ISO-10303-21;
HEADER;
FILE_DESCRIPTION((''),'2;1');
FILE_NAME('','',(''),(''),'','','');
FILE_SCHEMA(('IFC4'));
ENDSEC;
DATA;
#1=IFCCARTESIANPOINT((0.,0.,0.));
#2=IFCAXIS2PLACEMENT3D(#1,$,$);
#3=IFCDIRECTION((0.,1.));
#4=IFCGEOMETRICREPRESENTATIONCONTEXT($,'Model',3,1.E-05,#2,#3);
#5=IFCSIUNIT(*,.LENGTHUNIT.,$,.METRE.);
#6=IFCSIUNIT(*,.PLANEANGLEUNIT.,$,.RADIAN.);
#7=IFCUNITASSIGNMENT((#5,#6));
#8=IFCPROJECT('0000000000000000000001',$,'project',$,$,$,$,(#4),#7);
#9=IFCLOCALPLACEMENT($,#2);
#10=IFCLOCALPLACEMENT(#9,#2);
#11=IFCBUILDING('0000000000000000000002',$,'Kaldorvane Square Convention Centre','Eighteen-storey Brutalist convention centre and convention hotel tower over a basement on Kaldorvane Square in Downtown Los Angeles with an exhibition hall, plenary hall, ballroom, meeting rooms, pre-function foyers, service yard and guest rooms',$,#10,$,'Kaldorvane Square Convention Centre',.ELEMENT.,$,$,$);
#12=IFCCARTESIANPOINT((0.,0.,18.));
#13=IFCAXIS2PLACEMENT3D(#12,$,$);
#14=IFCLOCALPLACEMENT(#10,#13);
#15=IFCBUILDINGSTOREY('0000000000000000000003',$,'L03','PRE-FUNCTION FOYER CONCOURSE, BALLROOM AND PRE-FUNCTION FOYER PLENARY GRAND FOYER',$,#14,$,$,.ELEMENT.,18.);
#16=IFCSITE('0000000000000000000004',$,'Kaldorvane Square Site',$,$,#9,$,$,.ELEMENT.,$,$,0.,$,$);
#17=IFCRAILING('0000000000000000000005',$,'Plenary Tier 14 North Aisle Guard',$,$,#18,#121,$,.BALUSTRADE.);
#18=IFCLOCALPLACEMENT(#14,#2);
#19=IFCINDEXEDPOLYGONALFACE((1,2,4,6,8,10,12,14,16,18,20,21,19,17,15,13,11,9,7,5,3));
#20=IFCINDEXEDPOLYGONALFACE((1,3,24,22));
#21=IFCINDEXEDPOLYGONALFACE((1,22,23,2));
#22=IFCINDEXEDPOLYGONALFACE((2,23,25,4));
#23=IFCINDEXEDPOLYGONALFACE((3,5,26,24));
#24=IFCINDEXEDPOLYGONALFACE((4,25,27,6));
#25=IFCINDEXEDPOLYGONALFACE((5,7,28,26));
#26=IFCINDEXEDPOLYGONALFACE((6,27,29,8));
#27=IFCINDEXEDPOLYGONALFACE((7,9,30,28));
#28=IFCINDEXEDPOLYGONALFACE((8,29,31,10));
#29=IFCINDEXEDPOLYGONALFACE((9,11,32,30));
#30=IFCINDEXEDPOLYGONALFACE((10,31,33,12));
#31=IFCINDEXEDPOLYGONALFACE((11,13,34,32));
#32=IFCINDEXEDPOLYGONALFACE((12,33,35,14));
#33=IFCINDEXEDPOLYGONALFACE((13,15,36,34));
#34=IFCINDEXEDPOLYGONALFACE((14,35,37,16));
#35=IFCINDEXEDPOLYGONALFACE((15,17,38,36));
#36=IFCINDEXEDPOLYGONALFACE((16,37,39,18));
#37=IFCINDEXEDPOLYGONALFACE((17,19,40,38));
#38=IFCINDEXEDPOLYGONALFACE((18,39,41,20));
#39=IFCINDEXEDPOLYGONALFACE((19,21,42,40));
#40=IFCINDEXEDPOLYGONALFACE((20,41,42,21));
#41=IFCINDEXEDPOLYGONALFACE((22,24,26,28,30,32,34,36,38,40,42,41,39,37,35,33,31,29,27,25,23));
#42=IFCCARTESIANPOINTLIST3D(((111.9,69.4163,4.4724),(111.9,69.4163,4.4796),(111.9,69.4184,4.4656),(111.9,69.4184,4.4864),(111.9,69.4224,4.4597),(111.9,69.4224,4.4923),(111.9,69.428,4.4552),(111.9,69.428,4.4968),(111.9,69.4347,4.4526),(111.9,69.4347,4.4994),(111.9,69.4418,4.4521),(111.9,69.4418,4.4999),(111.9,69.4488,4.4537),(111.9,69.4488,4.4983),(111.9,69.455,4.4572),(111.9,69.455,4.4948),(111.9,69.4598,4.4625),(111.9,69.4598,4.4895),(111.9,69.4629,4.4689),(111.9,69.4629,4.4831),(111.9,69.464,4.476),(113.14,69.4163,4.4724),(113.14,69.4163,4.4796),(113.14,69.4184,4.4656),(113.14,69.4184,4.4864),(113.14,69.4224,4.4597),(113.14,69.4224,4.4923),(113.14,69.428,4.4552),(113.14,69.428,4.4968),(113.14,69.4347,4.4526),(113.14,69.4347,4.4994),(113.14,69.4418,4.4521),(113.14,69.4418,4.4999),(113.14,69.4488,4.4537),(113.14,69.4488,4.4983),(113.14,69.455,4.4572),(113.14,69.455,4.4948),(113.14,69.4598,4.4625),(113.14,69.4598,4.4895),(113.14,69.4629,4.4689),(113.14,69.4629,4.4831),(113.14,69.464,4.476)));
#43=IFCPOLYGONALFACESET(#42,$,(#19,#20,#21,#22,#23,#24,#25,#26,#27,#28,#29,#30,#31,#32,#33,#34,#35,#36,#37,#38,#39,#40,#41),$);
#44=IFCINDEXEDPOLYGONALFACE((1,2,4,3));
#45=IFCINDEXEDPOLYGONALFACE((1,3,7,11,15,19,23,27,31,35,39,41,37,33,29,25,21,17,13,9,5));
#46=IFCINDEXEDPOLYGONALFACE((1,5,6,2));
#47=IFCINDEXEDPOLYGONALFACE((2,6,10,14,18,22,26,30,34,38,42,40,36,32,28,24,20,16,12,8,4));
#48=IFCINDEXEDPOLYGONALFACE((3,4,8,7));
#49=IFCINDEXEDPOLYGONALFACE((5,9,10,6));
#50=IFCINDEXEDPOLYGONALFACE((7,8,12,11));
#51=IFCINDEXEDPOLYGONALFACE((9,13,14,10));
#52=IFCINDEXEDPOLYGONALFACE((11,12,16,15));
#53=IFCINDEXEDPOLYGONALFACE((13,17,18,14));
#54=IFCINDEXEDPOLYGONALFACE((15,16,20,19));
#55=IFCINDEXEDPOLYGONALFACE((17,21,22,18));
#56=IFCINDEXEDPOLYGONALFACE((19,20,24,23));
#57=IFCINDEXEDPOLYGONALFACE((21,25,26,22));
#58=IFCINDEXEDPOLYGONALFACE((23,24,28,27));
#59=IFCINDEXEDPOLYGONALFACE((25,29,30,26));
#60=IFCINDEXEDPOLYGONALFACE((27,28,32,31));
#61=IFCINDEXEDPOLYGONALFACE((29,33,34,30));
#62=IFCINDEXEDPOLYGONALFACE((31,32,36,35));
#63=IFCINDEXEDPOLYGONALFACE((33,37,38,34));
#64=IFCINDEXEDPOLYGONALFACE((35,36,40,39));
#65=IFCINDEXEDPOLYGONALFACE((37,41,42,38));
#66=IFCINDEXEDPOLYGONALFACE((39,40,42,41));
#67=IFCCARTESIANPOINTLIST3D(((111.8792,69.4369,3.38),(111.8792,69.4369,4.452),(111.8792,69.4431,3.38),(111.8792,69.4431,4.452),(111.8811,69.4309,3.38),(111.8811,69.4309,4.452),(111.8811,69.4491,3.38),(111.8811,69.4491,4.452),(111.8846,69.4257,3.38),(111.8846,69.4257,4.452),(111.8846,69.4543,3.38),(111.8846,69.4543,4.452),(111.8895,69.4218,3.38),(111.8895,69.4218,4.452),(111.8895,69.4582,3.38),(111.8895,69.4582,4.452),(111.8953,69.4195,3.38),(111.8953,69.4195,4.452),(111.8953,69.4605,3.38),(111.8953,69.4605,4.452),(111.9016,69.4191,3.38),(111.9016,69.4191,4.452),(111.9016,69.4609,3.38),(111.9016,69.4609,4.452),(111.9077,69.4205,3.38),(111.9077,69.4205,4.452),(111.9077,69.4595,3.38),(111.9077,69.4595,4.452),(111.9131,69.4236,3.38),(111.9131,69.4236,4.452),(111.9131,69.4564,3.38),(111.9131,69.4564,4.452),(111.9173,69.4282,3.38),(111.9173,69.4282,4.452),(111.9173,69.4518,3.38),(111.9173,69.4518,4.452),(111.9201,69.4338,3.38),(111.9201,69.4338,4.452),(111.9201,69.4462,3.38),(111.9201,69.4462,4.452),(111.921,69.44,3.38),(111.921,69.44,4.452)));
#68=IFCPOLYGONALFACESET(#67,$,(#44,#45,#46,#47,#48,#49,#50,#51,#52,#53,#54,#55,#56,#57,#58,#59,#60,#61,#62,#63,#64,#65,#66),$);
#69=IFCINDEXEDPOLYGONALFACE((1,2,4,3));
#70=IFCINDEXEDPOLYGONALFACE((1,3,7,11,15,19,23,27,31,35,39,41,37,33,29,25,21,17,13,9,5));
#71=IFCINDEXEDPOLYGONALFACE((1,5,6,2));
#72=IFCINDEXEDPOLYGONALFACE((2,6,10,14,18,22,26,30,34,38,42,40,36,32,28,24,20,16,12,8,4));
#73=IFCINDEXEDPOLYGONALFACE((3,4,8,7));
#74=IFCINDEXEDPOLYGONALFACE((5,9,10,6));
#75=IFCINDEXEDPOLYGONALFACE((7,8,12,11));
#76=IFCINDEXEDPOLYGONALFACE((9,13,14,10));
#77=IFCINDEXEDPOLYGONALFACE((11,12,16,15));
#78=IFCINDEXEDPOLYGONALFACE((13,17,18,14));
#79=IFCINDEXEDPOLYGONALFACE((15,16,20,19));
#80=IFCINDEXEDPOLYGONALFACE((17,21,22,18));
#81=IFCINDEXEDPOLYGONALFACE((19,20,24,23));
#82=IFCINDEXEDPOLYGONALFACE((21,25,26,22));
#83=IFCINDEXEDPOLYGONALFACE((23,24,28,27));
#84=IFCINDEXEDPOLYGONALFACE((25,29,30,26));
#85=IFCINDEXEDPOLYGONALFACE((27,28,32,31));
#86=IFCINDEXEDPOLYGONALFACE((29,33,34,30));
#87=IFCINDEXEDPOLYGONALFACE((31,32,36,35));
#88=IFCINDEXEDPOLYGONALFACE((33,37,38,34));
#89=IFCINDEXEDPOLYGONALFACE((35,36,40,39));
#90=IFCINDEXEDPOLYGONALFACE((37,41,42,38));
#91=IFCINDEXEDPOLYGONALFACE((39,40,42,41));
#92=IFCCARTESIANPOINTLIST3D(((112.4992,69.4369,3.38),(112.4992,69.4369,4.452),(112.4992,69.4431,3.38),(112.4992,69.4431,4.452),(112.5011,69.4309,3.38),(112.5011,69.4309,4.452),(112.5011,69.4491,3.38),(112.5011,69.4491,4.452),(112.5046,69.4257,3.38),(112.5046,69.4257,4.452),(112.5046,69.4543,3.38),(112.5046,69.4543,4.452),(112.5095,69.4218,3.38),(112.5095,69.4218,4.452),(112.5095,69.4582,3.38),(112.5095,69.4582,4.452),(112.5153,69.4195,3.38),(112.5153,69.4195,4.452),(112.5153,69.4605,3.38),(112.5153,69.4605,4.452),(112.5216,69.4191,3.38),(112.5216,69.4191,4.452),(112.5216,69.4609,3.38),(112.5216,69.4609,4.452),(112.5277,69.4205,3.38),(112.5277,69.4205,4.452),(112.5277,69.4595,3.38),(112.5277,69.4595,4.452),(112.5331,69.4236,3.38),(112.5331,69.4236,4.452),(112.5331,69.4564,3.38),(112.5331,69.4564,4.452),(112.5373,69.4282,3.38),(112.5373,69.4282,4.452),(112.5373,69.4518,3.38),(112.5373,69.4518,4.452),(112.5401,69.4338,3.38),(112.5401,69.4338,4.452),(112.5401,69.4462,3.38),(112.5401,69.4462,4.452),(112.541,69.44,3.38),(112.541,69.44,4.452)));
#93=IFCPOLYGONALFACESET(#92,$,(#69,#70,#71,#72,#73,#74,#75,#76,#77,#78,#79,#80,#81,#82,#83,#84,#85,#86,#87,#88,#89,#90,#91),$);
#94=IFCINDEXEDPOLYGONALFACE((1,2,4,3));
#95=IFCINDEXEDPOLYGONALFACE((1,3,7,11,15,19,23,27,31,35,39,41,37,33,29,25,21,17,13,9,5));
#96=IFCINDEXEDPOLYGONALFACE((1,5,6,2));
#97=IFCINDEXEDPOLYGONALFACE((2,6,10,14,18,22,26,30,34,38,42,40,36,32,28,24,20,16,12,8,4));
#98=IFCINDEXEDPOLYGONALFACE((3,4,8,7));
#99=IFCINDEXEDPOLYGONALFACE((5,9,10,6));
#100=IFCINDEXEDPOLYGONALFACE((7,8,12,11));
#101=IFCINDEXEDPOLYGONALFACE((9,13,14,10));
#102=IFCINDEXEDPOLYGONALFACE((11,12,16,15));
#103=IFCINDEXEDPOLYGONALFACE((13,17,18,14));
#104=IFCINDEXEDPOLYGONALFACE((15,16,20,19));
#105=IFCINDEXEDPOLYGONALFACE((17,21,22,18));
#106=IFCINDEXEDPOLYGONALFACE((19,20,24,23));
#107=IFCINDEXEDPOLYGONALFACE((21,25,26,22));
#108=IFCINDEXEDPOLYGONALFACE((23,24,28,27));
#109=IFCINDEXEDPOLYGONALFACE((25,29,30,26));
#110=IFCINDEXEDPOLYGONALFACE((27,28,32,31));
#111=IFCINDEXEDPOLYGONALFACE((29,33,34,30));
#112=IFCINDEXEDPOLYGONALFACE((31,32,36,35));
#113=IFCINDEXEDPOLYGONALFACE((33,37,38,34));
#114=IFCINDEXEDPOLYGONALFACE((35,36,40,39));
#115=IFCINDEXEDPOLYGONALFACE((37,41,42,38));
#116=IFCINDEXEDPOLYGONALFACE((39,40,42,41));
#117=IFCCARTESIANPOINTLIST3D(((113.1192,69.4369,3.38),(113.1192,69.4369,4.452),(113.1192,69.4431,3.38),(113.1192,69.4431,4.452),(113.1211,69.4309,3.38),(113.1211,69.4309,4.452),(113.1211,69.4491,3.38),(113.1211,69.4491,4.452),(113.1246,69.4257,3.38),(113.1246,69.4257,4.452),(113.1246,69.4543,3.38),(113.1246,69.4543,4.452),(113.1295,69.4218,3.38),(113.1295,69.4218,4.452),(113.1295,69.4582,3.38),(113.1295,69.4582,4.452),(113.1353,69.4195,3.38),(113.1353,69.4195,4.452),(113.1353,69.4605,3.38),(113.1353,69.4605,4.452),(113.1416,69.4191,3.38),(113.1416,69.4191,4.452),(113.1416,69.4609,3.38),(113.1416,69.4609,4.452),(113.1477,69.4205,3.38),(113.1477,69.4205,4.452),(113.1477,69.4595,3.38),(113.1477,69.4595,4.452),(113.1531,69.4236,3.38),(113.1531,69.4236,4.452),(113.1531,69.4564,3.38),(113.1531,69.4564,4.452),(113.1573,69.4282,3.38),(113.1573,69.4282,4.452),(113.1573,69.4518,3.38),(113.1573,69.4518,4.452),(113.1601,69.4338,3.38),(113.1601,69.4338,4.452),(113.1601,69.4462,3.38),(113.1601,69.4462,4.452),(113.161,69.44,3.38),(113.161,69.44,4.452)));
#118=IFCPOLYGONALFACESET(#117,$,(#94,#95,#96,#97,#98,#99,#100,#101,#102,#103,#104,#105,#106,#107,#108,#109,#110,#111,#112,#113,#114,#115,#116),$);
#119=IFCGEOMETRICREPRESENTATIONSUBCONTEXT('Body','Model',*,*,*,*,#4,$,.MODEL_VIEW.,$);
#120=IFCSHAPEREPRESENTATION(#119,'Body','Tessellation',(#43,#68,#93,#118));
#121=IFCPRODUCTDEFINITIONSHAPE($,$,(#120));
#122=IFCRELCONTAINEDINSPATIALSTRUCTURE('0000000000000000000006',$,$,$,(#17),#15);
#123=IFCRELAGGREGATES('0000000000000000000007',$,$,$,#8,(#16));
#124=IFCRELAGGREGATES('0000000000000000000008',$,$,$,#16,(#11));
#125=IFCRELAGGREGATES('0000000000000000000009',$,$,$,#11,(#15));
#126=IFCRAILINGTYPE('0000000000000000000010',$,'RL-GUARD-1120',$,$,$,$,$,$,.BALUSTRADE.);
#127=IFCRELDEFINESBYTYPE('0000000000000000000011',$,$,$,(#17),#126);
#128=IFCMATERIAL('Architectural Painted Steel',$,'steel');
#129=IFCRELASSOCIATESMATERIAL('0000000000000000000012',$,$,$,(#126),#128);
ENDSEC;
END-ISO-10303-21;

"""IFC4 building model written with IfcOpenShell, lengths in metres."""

from ifc_helpers import new_model, si_unit, direction, frame, origin, origin_2d, place, context, subcontext, project, spatial, circle, extrude, material, type_object, element, save


model = new_model("IFC4")

# Units and contexts
model_context = context("Model", 3, precision=1e-05, world=origin(), true_north=direction((0.0, 1.0)))
body_context = subcontext(model_context, "Body", "Model", "MODEL_VIEW")
ifc_project = project(units=[si_unit("LENGTHUNIT", "METRE"), si_unit("PLANEANGLEUNIT", "RADIAN")], contexts=[model_context])

# Site, building, storey
site_placement = place(None, origin())
site = spatial("IfcSite", under=ifc_project, at=site_placement, Name="Kaldorvane Square Site", CompositionType="ELEMENT", RefElevation=0.0)
building_placement = place(site_placement, origin())
building = spatial("IfcBuilding", under=site, at=building_placement, Name="Kaldorvane Square Convention Centre", Description="Eighteen-storey Brutalist convention centre and convention hotel tower over a basement on Kaldorvane Square in Downtown Los Angeles with an exhibition hall, plenary hall, ballroom, meeting rooms, pre-function foyers, service yard and guest rooms", LongName="Kaldorvane Square Convention Centre", CompositionType="ELEMENT")
storey_placement = place(building_placement, frame((0.0, 0.0, 18.0)))
storey = spatial("IfcBuildingStorey", under=building, at=storey_placement, Name="L03", Description="PRE-FUNCTION FOYER CONCOURSE, BALLROOM AND PRE-FUNCTION FOYER PLENARY GRAND FOYER", CompositionType="ELEMENT", Elevation=18.0)

# Railing
ifc_material_1 = material(Name="Architectural Painted Steel", Category="steel")
railing_type_1 = type_object("IfcRailingType", Name="RL-GUARD-1120", PredefinedType="BALUSTRADE", material=ifc_material_1)
railing_1_placement = place(storey_placement, frame((111.9, 69.44, 3.38)))
element("IfcRailing", 1, at=railing_1_placement, inside=storey, type_object=railing_type_1, Name="Plenary Tier 14 North Aisle Guard", PredefinedType="BALUSTRADE", context=body_context, shape_type="SweptSolid", body=[
    extrude(circle(Radius=0.024, at=origin_2d()), frame((0.0, 0.0, 1.096), z_axis=(1.0, 0.0, 0.0), x_axis=(0.0, 1.0, 0.0)), (0.0, 0.0, 1.0), 1.24),
    extrude(circle(Radius=0.021, at=origin_2d()), origin(), (0.0, 0.0, 1.0), 1.072),
    extrude(circle(Radius=0.021, at=origin_2d()), frame((0.62, 0.0, 0.0)), (0.0, 0.0, 1.0), 1.072),
    extrude(circle(Radius=0.021, at=origin_2d()), frame((1.24, 0.0, 0.0)), (0.0, 0.0, 1.0), 1.072),
])

save(model, "model.ifc")
